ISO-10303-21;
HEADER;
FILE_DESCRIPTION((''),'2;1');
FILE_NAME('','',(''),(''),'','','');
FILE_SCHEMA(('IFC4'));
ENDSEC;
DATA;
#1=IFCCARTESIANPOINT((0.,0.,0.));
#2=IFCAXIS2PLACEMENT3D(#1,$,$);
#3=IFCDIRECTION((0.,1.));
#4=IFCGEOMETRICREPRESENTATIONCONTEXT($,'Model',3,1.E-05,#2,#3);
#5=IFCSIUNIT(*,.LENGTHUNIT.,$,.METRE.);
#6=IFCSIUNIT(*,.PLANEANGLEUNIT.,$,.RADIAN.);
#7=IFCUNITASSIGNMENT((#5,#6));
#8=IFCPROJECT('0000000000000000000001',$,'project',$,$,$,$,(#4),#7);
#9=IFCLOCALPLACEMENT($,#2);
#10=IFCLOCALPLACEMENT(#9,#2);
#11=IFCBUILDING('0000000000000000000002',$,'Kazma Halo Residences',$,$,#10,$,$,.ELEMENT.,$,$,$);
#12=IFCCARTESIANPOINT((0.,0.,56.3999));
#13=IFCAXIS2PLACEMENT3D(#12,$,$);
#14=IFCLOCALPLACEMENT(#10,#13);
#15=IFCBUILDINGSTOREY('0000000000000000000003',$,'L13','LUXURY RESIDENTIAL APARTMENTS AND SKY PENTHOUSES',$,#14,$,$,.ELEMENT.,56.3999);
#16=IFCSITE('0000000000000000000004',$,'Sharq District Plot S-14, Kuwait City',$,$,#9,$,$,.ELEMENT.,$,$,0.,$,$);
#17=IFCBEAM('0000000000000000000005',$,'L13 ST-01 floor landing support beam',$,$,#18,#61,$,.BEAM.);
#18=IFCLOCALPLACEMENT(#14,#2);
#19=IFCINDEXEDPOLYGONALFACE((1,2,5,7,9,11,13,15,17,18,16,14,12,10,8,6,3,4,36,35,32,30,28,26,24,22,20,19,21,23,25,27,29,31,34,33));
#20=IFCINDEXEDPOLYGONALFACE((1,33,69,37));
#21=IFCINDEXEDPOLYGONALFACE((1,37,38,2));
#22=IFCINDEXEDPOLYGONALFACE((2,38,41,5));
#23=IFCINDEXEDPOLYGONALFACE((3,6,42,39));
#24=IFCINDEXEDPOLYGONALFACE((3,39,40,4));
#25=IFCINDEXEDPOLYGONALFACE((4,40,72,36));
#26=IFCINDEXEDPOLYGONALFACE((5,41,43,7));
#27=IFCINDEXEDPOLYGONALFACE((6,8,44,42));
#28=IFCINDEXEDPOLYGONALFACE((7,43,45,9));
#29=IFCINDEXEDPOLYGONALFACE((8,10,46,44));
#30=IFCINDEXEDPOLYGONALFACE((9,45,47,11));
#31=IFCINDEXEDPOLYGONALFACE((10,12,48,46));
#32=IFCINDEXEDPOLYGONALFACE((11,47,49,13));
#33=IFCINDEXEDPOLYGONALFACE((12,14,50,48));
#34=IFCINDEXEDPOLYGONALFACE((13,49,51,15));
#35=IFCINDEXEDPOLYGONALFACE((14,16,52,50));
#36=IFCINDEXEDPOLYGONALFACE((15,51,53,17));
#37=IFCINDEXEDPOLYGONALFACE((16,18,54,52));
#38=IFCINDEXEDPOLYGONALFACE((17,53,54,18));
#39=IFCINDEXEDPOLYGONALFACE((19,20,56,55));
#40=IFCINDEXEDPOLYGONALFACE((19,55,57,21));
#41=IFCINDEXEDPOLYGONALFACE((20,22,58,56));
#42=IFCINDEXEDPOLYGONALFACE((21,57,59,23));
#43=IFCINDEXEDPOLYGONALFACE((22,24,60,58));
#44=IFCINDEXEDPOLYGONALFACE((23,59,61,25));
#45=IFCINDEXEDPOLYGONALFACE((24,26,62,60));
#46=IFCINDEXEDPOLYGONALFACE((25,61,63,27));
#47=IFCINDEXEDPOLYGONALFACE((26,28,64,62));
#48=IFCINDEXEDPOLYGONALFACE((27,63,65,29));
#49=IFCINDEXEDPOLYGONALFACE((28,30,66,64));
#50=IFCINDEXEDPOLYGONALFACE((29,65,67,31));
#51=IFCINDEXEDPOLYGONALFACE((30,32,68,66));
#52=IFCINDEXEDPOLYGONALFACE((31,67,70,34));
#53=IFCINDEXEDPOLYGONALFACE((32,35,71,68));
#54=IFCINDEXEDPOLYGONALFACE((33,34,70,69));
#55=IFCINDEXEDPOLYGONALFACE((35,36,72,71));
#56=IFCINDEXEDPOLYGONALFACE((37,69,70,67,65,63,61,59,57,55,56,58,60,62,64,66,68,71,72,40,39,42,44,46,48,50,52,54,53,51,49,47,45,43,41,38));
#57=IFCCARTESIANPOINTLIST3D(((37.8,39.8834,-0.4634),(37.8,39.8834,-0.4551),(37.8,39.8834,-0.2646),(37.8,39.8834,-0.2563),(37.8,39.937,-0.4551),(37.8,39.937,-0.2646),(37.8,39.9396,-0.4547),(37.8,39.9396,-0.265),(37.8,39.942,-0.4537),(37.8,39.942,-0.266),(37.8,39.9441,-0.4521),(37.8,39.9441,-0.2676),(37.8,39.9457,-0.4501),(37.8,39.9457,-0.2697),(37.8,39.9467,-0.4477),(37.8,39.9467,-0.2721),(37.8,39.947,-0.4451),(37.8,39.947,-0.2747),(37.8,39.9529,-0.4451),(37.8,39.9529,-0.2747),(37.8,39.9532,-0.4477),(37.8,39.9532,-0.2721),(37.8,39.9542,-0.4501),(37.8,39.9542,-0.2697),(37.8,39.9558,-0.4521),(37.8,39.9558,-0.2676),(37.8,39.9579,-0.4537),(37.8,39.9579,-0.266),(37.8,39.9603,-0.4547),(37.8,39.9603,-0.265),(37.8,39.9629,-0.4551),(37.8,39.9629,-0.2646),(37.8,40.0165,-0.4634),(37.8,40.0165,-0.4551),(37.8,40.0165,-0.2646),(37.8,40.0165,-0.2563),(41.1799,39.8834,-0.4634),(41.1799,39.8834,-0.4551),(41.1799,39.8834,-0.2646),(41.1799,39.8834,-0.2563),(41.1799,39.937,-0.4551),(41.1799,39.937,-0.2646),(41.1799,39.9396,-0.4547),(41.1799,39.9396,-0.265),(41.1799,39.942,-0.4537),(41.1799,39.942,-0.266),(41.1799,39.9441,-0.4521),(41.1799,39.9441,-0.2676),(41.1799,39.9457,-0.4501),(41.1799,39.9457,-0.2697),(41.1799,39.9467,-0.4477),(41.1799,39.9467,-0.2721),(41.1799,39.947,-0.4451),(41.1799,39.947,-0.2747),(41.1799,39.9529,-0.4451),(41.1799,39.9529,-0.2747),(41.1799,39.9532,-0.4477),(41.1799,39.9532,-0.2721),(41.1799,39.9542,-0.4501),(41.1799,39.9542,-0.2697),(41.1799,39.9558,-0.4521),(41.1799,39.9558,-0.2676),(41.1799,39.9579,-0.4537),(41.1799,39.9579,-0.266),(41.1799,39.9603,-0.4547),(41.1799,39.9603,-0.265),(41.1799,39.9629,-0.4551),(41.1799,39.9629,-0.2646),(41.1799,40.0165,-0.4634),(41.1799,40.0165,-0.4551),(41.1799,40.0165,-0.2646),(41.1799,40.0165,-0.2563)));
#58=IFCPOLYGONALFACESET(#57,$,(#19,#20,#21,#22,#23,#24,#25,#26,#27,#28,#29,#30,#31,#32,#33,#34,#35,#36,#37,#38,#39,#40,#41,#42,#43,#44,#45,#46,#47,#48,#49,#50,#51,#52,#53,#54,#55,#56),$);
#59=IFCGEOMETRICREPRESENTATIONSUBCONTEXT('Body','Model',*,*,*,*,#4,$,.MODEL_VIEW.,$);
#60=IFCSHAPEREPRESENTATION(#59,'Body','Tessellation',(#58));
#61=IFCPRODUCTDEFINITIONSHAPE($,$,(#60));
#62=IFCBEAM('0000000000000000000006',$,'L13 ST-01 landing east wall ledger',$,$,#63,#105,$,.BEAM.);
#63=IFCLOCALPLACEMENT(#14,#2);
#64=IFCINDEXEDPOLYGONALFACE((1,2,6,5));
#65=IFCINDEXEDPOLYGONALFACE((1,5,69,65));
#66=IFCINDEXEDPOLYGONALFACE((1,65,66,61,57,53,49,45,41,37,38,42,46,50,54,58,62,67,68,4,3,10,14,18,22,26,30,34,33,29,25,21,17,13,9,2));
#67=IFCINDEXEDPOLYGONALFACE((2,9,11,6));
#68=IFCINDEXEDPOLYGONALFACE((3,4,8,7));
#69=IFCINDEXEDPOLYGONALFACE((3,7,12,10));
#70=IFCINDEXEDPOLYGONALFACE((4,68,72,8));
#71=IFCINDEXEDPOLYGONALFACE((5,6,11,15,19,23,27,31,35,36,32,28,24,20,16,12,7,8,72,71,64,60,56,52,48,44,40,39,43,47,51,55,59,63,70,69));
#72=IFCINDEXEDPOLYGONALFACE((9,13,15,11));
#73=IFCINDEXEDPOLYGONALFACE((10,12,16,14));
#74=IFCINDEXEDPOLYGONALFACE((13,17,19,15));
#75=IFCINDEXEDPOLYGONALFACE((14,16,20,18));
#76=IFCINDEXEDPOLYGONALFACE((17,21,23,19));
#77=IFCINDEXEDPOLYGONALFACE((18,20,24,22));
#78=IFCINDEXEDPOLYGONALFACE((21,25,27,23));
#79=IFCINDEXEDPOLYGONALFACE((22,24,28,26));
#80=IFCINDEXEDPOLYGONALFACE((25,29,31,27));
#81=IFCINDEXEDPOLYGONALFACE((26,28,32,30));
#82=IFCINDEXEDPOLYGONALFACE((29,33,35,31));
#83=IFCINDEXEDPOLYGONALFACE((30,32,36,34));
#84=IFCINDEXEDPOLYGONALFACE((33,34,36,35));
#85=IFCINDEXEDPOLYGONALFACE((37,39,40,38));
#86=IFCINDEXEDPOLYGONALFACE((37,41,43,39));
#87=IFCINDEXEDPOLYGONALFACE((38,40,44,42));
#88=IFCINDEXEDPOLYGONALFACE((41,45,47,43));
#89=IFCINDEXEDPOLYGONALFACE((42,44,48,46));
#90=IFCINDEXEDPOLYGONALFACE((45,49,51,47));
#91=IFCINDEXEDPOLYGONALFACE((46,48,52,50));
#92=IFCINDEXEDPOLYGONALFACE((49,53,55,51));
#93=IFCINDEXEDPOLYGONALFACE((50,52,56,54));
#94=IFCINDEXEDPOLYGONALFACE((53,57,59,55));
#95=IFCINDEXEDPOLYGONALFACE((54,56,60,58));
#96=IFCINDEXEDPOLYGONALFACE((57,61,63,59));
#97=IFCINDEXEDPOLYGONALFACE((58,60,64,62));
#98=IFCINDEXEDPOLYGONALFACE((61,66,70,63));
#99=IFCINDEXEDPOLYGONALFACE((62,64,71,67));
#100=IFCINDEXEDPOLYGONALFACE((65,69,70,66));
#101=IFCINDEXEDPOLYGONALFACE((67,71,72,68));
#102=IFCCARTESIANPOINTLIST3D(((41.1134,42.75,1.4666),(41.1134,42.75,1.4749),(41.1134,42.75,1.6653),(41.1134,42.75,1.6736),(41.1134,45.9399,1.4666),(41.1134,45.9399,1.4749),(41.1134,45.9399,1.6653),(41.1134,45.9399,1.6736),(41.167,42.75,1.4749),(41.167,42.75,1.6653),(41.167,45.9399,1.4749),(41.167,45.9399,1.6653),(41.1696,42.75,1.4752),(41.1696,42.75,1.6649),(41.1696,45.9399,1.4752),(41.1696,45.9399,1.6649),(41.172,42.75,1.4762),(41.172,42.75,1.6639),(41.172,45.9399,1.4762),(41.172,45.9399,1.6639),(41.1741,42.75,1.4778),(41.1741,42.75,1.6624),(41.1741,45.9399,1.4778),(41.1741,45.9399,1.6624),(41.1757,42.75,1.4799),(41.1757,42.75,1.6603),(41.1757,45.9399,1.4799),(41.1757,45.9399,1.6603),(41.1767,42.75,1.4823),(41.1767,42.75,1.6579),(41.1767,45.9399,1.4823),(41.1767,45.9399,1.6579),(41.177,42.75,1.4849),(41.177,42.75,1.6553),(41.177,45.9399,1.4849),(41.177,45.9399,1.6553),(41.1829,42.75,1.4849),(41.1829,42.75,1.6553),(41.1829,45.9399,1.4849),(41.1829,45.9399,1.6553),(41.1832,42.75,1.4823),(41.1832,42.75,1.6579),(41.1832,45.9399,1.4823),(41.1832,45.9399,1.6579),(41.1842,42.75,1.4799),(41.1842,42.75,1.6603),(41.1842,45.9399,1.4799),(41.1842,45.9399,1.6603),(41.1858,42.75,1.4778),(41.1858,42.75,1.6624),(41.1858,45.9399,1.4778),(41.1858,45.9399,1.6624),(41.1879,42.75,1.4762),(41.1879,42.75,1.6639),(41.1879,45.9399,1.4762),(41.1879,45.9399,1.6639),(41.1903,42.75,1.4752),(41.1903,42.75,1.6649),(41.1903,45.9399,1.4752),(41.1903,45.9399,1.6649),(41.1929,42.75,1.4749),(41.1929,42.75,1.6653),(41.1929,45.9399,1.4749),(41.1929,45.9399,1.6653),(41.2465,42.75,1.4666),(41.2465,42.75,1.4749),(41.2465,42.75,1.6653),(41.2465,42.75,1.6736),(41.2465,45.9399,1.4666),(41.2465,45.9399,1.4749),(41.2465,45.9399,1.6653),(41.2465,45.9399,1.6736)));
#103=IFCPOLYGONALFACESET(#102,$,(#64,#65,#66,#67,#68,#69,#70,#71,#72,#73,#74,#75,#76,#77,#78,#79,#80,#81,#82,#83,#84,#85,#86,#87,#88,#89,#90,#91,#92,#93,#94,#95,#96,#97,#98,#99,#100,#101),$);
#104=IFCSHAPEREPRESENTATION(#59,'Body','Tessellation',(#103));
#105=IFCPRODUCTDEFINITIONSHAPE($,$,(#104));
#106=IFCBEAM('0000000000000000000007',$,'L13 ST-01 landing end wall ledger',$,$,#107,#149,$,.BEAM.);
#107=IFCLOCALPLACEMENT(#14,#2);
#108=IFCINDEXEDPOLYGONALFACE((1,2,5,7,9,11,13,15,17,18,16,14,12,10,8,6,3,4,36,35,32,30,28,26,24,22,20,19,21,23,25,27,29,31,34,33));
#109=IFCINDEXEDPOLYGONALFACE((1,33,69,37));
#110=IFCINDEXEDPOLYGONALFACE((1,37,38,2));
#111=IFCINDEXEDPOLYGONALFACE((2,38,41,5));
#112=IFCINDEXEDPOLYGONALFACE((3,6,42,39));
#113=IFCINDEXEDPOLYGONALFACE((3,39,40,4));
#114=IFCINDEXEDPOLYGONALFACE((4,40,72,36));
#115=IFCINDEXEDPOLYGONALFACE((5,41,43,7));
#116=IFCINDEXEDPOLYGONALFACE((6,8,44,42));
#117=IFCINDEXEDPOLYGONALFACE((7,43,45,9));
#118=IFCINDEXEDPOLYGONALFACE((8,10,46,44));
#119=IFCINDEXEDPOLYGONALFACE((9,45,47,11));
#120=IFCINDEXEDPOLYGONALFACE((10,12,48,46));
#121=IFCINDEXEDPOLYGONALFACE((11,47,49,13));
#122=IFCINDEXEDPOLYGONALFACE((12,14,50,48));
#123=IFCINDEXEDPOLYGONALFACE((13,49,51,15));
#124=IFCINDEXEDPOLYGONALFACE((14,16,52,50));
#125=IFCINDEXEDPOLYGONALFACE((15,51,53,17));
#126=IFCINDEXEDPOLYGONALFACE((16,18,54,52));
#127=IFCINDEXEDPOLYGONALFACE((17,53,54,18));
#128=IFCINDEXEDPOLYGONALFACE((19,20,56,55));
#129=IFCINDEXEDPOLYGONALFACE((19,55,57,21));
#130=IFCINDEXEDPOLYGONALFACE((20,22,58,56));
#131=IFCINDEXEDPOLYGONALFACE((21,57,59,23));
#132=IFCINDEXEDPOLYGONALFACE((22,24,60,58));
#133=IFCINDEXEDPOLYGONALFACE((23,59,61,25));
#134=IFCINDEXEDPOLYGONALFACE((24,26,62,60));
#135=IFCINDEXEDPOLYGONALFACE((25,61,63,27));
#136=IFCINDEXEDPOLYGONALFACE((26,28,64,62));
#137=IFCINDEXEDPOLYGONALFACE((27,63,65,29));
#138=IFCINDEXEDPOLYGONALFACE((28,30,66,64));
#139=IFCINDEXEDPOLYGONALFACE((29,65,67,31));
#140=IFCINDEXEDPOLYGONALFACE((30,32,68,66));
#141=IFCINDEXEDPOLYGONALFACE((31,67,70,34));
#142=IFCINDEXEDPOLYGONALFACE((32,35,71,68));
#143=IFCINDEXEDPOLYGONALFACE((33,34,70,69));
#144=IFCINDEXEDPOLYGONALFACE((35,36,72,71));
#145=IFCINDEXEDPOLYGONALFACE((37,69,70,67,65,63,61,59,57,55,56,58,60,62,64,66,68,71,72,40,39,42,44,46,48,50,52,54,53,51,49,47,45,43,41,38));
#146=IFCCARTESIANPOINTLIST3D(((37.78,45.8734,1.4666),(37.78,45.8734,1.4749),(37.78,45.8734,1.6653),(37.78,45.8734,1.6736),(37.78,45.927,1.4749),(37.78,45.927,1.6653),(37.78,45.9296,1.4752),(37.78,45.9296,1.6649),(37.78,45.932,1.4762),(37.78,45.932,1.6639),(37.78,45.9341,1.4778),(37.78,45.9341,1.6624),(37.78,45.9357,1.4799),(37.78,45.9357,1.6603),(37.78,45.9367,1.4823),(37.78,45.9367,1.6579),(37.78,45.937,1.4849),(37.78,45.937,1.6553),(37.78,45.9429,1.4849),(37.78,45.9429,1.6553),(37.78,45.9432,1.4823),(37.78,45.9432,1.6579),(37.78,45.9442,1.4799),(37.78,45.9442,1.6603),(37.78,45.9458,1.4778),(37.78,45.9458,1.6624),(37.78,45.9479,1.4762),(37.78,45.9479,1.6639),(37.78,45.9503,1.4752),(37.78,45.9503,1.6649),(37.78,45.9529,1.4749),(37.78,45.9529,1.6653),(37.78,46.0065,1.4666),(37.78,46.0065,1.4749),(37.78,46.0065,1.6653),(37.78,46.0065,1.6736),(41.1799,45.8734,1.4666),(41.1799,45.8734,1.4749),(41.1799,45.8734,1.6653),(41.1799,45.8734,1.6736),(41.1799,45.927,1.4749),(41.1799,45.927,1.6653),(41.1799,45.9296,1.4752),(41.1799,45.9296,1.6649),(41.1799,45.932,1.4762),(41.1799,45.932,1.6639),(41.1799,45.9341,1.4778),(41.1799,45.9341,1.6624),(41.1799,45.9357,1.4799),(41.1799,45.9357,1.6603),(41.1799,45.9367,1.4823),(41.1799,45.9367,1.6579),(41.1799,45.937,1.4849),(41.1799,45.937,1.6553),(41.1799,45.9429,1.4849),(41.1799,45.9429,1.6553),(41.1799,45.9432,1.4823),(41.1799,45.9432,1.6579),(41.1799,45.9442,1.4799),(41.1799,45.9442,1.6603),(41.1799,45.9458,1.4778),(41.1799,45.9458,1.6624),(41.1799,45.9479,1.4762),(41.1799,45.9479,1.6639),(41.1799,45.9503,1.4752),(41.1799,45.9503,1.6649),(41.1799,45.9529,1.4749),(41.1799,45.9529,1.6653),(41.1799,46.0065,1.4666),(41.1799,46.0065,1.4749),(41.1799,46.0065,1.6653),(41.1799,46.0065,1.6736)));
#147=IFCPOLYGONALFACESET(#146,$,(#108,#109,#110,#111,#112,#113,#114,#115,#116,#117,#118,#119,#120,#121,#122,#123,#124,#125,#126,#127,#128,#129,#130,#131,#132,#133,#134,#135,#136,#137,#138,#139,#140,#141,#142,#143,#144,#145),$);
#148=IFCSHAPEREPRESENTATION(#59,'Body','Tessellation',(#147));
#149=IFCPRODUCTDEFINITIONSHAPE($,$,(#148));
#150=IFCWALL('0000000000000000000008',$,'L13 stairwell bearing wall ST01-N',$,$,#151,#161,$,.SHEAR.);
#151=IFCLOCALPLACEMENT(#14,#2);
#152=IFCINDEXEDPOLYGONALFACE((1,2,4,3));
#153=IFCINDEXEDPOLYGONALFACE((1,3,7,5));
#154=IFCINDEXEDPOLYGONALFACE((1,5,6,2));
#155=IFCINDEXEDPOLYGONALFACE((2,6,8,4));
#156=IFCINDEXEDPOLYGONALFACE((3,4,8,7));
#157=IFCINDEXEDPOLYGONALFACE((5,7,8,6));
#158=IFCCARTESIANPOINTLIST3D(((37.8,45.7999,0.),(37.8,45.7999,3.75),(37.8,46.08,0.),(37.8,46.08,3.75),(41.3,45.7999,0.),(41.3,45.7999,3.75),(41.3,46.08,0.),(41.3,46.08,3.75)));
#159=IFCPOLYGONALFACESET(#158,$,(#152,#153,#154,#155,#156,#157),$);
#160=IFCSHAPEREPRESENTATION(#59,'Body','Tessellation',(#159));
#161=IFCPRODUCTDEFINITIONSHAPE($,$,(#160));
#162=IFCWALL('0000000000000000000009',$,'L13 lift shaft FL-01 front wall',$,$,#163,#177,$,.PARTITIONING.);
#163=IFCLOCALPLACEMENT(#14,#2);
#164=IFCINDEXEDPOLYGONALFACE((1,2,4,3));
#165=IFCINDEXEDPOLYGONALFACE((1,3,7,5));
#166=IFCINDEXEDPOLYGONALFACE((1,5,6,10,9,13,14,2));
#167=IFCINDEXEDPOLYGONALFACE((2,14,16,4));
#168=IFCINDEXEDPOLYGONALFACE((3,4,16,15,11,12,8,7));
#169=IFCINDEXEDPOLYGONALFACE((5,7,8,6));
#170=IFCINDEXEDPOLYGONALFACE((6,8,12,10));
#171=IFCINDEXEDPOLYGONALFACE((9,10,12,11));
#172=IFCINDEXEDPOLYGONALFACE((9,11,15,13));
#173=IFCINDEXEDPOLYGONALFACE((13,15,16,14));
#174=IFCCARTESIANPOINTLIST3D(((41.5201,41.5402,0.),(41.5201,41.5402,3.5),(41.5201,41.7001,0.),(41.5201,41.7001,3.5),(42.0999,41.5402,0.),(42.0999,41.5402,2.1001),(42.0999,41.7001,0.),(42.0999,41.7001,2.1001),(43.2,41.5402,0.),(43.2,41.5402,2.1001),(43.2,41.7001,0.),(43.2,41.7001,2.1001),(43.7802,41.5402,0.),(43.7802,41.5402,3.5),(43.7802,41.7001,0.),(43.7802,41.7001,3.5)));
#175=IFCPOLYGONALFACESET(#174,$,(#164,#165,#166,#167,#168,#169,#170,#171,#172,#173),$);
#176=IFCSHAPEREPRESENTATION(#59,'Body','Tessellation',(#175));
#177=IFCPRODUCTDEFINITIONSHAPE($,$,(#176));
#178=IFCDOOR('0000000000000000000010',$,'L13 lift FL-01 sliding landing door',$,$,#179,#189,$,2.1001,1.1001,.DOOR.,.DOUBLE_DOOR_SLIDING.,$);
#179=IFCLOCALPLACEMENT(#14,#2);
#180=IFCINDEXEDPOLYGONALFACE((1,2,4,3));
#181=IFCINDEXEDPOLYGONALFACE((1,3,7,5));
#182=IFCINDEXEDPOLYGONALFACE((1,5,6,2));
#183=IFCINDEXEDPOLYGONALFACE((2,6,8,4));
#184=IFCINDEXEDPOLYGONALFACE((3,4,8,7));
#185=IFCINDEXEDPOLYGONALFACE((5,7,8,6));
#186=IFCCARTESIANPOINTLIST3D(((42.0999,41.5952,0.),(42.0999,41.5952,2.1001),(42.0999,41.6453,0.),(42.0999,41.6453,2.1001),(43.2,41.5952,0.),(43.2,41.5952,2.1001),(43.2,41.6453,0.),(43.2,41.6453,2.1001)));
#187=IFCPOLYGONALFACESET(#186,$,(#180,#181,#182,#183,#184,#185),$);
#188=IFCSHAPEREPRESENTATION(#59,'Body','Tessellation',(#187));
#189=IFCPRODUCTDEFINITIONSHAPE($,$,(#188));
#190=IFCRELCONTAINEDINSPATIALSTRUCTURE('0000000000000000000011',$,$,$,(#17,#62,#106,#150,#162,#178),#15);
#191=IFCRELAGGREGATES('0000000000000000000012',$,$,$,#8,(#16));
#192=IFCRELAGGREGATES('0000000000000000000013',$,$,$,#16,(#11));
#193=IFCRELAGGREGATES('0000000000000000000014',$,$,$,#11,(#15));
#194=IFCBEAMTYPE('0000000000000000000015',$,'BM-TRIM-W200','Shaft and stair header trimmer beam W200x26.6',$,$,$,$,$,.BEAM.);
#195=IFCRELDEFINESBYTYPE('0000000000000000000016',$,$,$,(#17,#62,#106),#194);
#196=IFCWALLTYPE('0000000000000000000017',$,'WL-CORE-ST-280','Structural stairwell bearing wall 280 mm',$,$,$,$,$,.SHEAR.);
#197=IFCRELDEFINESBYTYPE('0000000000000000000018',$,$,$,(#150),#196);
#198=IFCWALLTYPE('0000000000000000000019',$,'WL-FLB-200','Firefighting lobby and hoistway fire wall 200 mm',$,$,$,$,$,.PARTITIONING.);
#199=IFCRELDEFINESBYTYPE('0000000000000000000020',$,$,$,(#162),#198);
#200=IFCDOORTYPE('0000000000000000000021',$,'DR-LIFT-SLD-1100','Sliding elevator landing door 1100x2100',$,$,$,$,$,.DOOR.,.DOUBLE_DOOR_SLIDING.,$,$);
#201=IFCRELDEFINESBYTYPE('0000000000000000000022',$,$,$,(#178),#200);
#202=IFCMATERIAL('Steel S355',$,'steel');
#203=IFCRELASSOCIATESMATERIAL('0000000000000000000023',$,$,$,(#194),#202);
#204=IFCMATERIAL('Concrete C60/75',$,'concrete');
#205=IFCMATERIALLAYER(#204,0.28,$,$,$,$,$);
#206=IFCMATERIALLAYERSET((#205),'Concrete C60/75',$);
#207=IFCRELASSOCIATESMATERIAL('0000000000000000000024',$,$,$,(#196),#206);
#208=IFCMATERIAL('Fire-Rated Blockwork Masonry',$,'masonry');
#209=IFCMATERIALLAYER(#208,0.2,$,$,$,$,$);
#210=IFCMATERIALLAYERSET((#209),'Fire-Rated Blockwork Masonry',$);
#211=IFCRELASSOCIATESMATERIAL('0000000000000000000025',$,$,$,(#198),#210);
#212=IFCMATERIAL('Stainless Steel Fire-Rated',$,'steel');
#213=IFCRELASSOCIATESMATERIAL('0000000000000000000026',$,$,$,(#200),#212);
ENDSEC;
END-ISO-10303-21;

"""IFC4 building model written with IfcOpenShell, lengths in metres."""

from ifc_helpers import new_model, si_unit, direction, frame, frame_2d, origin, origin_2d, place, context, subcontext, project, spatial, rectangle, i_section, extrude, material, layer, layer_set, material_profile, profile_set, type_object, element, fill, save


model = new_model("IFC4")

# Units and contexts
model_context = context("Model", 3, precision=1e-05, world=origin(), true_north=direction((0.0, 1.0)))
body_context = subcontext(model_context, "Body", "Model", "MODEL_VIEW")
ifc_project = project(units=[si_unit("LENGTHUNIT", "METRE"), si_unit("PLANEANGLEUNIT", "RADIAN")], contexts=[model_context])

# Site, building, storey
site_placement = place(None, origin())
site = spatial("IfcSite", under=ifc_project, at=site_placement, Name="Sharq District Plot S-14, Kuwait City", CompositionType="ELEMENT", RefElevation=0.0)
building_placement = place(site_placement, origin())
building = spatial("IfcBuilding", under=site, at=building_placement, Name="Kazma Halo Residences", CompositionType="ELEMENT")
storey_placement = place(building_placement, frame((0.0, 0.0, 56.3999)))
storey = spatial("IfcBuildingStorey", under=building, at=storey_placement, Name="L13", Description="LUXURY RESIDENTIAL APARTMENTS AND SKY PENTHOUSES", CompositionType="ELEMENT", Elevation=56.3999)

# Shared definitions
ifc_material_1 = material(Name="Steel S355", Category="steel")

# Beams
ifc_material_profile_1 = material_profile(ifc_material_1, i_section(OverallWidth=0.1331, OverallDepth=0.207, WebThickness=0.0059, FlangeThickness=0.0083, FilletRadius=0.01, at=origin_2d()), Name="W200x26.6")
ifc_profile_set_1 = profile_set([ifc_material_profile_1], Name="Steel S355")
beam_type_1 = type_object("IfcBeamType", Name="BM-TRIM-W200", Description="Shaft and stair header trimmer beam W200x26.6", PredefinedType="BEAM", material=ifc_profile_set_1)
beam_1_placement = place(storey_placement, frame((37.8, 39.95, -0.3599), z_axis=(1.0, 0.0, 0.0), x_axis=(0.0, 1.0, 0.0)))
element("IfcBeam", 1, at=beam_1_placement, inside=storey, type_object=beam_type_1, Name="L13 ST-01 floor landing support beam", PredefinedType="BEAM", context=body_context, shape_type="SweptSolid", body=[
    extrude(i_section(OverallWidth=0.1331, OverallDepth=0.207, WebThickness=0.0059, FlangeThickness=0.0083, FilletRadius=0.01, at=origin_2d()), origin(), (0.0, 0.0, 1.0), 3.3799),
])
beam_2_placement = place(storey_placement, frame((41.1799, 42.75, 1.5701), z_axis=(0.0, 1.0, 0.0), x_axis=(-1.0, 0.0, 0.0)))
element("IfcBeam", 2, at=beam_2_placement, inside=storey, type_object=beam_type_1, Name="L13 ST-01 landing east wall ledger", PredefinedType="BEAM", context=body_context, shape_type="SweptSolid", body=[
    extrude(i_section(OverallWidth=0.1331, OverallDepth=0.207, WebThickness=0.0059, FlangeThickness=0.0083, FilletRadius=0.01, at=origin_2d()), origin(), (0.0, 0.0, 1.0), 3.1899),
])
beam_3_placement = place(storey_placement, frame((37.78, 45.9399, 1.5701), z_axis=(1.0, 0.0, 0.0), x_axis=(0.0, 1.0, 0.0)))
element("IfcBeam", 3, at=beam_3_placement, inside=storey, type_object=beam_type_1, Name="L13 ST-01 landing end wall ledger", PredefinedType="BEAM", context=body_context, shape_type="SweptSolid", body=[
    extrude(i_section(OverallWidth=0.1331, OverallDepth=0.207, WebThickness=0.0059, FlangeThickness=0.0083, FilletRadius=0.01, at=origin_2d()), origin(), (0.0, 0.0, 1.0), 3.3999),
])

# Wall
ifc_material_2 = material(Name="Concrete C60/75", Category="concrete")
ifc_layer_1 = layer(ifc_material_2, 0.28)
ifc_layer_set_1 = layer_set([ifc_layer_1], Name="Concrete C60/75")
wall_type_1 = type_object("IfcWallType", Name="WL-CORE-ST-280", Description="Structural stairwell bearing wall 280 mm", PredefinedType="SHEAR", material=ifc_layer_set_1)
wall_1_placement = place(storey_placement, frame((37.8, 45.9399, 0.0), z_axis=(0.0, 0.0, 1.0), x_axis=(1.0, 0.0, 0.0)))
element("IfcWall", 4, at=wall_1_placement, inside=storey, type_object=wall_type_1, Name="L13 stairwell bearing wall ST01-N", PredefinedType="SHEAR", context=body_context, shape_type="SweptSolid", body=[
    extrude(rectangle(XDim=3.5, YDim=0.28, at=frame_2d((1.75, 0.0))), origin(), (0.0, 0.0, 1.0), 3.75),
])

# Wall, opening, door
ifc_material_3 = material(Name="Fire-Rated Blockwork Masonry", Category="masonry")
ifc_layer_2 = layer(ifc_material_3, 0.2)
ifc_layer_set_2 = layer_set([ifc_layer_2], Name="Fire-Rated Blockwork Masonry")
wall_type_2 = type_object("IfcWallType", Name="WL-FLB-200", Description="Firefighting lobby and hoistway fire wall 200 mm", PredefinedType="PARTITIONING", material=ifc_layer_set_2)
wall_2_placement = place(storey_placement, frame((43.78, 41.6201, 0.0), z_axis=(0.0, 0.0, 1.0), x_axis=(-1.0, 0.0, 0.0)))
wall_2 = element("IfcWall", 5, at=wall_2_placement, inside=storey, type_object=wall_type_2, Name="L13 lift shaft FL-01 front wall", PredefinedType="PARTITIONING", context=body_context, shape_type="SweptSolid", body=[
    extrude(rectangle(XDim=2.26, YDim=0.1599, at=frame_2d((1.1299, 0.0))), origin(), (0.0, 0.0, 1.0), 3.5),
])
opening_1_placement = place(wall_2_placement, frame((0.5801, 0.0, 0.0)))
opening_1 = element("IfcOpeningElement", 6, at=opening_1_placement, cuts=wall_2, PredefinedType="OPENING", context=body_context, shape_type="SweptSolid", body=[
    extrude(rectangle(XDim=1.1001, YDim=2.1001, at=frame_2d((0.55, 1.05))), frame((0.0, 0.0898, 0.0), z_axis=(0.0, -1.0, 0.0), x_axis=(1.0, 0.0, 0.0)), (0.0, 0.0, 1.0), 0.1799),
])
ifc_material_4 = material(Name="Stainless Steel Fire-Rated", Category="steel")
door_type_1 = type_object("IfcDoorType", Name="DR-LIFT-SLD-1100", Description="Sliding elevator landing door 1100x2100", OperationType="DOUBLE_DOOR_SLIDING", PredefinedType="DOOR", material=ifc_material_4)
door_1_placement = place(opening_1_placement, origin())
door_1 = element("IfcDoor", 7, at=door_1_placement, inside=storey, type_object=door_type_1, Name="L13 lift FL-01 sliding landing door", OperationType="DOUBLE_DOOR_SLIDING", OverallHeight=2.1001, OverallWidth=1.1001, PredefinedType="DOOR", context=body_context, shape_type="SweptSolid", body=[
    extrude(rectangle(XDim=1.1001, YDim=2.1001, at=frame_2d((0.55, 1.05))), frame((0.0, 0.0249, 0.0), z_axis=(0.0, -1.0, 0.0), x_axis=(1.0, 0.0, 0.0)), (0.0, 0.0, 1.0), 0.05),
])
fill(opening_1, door_1)

save(model, "model.ifc")
